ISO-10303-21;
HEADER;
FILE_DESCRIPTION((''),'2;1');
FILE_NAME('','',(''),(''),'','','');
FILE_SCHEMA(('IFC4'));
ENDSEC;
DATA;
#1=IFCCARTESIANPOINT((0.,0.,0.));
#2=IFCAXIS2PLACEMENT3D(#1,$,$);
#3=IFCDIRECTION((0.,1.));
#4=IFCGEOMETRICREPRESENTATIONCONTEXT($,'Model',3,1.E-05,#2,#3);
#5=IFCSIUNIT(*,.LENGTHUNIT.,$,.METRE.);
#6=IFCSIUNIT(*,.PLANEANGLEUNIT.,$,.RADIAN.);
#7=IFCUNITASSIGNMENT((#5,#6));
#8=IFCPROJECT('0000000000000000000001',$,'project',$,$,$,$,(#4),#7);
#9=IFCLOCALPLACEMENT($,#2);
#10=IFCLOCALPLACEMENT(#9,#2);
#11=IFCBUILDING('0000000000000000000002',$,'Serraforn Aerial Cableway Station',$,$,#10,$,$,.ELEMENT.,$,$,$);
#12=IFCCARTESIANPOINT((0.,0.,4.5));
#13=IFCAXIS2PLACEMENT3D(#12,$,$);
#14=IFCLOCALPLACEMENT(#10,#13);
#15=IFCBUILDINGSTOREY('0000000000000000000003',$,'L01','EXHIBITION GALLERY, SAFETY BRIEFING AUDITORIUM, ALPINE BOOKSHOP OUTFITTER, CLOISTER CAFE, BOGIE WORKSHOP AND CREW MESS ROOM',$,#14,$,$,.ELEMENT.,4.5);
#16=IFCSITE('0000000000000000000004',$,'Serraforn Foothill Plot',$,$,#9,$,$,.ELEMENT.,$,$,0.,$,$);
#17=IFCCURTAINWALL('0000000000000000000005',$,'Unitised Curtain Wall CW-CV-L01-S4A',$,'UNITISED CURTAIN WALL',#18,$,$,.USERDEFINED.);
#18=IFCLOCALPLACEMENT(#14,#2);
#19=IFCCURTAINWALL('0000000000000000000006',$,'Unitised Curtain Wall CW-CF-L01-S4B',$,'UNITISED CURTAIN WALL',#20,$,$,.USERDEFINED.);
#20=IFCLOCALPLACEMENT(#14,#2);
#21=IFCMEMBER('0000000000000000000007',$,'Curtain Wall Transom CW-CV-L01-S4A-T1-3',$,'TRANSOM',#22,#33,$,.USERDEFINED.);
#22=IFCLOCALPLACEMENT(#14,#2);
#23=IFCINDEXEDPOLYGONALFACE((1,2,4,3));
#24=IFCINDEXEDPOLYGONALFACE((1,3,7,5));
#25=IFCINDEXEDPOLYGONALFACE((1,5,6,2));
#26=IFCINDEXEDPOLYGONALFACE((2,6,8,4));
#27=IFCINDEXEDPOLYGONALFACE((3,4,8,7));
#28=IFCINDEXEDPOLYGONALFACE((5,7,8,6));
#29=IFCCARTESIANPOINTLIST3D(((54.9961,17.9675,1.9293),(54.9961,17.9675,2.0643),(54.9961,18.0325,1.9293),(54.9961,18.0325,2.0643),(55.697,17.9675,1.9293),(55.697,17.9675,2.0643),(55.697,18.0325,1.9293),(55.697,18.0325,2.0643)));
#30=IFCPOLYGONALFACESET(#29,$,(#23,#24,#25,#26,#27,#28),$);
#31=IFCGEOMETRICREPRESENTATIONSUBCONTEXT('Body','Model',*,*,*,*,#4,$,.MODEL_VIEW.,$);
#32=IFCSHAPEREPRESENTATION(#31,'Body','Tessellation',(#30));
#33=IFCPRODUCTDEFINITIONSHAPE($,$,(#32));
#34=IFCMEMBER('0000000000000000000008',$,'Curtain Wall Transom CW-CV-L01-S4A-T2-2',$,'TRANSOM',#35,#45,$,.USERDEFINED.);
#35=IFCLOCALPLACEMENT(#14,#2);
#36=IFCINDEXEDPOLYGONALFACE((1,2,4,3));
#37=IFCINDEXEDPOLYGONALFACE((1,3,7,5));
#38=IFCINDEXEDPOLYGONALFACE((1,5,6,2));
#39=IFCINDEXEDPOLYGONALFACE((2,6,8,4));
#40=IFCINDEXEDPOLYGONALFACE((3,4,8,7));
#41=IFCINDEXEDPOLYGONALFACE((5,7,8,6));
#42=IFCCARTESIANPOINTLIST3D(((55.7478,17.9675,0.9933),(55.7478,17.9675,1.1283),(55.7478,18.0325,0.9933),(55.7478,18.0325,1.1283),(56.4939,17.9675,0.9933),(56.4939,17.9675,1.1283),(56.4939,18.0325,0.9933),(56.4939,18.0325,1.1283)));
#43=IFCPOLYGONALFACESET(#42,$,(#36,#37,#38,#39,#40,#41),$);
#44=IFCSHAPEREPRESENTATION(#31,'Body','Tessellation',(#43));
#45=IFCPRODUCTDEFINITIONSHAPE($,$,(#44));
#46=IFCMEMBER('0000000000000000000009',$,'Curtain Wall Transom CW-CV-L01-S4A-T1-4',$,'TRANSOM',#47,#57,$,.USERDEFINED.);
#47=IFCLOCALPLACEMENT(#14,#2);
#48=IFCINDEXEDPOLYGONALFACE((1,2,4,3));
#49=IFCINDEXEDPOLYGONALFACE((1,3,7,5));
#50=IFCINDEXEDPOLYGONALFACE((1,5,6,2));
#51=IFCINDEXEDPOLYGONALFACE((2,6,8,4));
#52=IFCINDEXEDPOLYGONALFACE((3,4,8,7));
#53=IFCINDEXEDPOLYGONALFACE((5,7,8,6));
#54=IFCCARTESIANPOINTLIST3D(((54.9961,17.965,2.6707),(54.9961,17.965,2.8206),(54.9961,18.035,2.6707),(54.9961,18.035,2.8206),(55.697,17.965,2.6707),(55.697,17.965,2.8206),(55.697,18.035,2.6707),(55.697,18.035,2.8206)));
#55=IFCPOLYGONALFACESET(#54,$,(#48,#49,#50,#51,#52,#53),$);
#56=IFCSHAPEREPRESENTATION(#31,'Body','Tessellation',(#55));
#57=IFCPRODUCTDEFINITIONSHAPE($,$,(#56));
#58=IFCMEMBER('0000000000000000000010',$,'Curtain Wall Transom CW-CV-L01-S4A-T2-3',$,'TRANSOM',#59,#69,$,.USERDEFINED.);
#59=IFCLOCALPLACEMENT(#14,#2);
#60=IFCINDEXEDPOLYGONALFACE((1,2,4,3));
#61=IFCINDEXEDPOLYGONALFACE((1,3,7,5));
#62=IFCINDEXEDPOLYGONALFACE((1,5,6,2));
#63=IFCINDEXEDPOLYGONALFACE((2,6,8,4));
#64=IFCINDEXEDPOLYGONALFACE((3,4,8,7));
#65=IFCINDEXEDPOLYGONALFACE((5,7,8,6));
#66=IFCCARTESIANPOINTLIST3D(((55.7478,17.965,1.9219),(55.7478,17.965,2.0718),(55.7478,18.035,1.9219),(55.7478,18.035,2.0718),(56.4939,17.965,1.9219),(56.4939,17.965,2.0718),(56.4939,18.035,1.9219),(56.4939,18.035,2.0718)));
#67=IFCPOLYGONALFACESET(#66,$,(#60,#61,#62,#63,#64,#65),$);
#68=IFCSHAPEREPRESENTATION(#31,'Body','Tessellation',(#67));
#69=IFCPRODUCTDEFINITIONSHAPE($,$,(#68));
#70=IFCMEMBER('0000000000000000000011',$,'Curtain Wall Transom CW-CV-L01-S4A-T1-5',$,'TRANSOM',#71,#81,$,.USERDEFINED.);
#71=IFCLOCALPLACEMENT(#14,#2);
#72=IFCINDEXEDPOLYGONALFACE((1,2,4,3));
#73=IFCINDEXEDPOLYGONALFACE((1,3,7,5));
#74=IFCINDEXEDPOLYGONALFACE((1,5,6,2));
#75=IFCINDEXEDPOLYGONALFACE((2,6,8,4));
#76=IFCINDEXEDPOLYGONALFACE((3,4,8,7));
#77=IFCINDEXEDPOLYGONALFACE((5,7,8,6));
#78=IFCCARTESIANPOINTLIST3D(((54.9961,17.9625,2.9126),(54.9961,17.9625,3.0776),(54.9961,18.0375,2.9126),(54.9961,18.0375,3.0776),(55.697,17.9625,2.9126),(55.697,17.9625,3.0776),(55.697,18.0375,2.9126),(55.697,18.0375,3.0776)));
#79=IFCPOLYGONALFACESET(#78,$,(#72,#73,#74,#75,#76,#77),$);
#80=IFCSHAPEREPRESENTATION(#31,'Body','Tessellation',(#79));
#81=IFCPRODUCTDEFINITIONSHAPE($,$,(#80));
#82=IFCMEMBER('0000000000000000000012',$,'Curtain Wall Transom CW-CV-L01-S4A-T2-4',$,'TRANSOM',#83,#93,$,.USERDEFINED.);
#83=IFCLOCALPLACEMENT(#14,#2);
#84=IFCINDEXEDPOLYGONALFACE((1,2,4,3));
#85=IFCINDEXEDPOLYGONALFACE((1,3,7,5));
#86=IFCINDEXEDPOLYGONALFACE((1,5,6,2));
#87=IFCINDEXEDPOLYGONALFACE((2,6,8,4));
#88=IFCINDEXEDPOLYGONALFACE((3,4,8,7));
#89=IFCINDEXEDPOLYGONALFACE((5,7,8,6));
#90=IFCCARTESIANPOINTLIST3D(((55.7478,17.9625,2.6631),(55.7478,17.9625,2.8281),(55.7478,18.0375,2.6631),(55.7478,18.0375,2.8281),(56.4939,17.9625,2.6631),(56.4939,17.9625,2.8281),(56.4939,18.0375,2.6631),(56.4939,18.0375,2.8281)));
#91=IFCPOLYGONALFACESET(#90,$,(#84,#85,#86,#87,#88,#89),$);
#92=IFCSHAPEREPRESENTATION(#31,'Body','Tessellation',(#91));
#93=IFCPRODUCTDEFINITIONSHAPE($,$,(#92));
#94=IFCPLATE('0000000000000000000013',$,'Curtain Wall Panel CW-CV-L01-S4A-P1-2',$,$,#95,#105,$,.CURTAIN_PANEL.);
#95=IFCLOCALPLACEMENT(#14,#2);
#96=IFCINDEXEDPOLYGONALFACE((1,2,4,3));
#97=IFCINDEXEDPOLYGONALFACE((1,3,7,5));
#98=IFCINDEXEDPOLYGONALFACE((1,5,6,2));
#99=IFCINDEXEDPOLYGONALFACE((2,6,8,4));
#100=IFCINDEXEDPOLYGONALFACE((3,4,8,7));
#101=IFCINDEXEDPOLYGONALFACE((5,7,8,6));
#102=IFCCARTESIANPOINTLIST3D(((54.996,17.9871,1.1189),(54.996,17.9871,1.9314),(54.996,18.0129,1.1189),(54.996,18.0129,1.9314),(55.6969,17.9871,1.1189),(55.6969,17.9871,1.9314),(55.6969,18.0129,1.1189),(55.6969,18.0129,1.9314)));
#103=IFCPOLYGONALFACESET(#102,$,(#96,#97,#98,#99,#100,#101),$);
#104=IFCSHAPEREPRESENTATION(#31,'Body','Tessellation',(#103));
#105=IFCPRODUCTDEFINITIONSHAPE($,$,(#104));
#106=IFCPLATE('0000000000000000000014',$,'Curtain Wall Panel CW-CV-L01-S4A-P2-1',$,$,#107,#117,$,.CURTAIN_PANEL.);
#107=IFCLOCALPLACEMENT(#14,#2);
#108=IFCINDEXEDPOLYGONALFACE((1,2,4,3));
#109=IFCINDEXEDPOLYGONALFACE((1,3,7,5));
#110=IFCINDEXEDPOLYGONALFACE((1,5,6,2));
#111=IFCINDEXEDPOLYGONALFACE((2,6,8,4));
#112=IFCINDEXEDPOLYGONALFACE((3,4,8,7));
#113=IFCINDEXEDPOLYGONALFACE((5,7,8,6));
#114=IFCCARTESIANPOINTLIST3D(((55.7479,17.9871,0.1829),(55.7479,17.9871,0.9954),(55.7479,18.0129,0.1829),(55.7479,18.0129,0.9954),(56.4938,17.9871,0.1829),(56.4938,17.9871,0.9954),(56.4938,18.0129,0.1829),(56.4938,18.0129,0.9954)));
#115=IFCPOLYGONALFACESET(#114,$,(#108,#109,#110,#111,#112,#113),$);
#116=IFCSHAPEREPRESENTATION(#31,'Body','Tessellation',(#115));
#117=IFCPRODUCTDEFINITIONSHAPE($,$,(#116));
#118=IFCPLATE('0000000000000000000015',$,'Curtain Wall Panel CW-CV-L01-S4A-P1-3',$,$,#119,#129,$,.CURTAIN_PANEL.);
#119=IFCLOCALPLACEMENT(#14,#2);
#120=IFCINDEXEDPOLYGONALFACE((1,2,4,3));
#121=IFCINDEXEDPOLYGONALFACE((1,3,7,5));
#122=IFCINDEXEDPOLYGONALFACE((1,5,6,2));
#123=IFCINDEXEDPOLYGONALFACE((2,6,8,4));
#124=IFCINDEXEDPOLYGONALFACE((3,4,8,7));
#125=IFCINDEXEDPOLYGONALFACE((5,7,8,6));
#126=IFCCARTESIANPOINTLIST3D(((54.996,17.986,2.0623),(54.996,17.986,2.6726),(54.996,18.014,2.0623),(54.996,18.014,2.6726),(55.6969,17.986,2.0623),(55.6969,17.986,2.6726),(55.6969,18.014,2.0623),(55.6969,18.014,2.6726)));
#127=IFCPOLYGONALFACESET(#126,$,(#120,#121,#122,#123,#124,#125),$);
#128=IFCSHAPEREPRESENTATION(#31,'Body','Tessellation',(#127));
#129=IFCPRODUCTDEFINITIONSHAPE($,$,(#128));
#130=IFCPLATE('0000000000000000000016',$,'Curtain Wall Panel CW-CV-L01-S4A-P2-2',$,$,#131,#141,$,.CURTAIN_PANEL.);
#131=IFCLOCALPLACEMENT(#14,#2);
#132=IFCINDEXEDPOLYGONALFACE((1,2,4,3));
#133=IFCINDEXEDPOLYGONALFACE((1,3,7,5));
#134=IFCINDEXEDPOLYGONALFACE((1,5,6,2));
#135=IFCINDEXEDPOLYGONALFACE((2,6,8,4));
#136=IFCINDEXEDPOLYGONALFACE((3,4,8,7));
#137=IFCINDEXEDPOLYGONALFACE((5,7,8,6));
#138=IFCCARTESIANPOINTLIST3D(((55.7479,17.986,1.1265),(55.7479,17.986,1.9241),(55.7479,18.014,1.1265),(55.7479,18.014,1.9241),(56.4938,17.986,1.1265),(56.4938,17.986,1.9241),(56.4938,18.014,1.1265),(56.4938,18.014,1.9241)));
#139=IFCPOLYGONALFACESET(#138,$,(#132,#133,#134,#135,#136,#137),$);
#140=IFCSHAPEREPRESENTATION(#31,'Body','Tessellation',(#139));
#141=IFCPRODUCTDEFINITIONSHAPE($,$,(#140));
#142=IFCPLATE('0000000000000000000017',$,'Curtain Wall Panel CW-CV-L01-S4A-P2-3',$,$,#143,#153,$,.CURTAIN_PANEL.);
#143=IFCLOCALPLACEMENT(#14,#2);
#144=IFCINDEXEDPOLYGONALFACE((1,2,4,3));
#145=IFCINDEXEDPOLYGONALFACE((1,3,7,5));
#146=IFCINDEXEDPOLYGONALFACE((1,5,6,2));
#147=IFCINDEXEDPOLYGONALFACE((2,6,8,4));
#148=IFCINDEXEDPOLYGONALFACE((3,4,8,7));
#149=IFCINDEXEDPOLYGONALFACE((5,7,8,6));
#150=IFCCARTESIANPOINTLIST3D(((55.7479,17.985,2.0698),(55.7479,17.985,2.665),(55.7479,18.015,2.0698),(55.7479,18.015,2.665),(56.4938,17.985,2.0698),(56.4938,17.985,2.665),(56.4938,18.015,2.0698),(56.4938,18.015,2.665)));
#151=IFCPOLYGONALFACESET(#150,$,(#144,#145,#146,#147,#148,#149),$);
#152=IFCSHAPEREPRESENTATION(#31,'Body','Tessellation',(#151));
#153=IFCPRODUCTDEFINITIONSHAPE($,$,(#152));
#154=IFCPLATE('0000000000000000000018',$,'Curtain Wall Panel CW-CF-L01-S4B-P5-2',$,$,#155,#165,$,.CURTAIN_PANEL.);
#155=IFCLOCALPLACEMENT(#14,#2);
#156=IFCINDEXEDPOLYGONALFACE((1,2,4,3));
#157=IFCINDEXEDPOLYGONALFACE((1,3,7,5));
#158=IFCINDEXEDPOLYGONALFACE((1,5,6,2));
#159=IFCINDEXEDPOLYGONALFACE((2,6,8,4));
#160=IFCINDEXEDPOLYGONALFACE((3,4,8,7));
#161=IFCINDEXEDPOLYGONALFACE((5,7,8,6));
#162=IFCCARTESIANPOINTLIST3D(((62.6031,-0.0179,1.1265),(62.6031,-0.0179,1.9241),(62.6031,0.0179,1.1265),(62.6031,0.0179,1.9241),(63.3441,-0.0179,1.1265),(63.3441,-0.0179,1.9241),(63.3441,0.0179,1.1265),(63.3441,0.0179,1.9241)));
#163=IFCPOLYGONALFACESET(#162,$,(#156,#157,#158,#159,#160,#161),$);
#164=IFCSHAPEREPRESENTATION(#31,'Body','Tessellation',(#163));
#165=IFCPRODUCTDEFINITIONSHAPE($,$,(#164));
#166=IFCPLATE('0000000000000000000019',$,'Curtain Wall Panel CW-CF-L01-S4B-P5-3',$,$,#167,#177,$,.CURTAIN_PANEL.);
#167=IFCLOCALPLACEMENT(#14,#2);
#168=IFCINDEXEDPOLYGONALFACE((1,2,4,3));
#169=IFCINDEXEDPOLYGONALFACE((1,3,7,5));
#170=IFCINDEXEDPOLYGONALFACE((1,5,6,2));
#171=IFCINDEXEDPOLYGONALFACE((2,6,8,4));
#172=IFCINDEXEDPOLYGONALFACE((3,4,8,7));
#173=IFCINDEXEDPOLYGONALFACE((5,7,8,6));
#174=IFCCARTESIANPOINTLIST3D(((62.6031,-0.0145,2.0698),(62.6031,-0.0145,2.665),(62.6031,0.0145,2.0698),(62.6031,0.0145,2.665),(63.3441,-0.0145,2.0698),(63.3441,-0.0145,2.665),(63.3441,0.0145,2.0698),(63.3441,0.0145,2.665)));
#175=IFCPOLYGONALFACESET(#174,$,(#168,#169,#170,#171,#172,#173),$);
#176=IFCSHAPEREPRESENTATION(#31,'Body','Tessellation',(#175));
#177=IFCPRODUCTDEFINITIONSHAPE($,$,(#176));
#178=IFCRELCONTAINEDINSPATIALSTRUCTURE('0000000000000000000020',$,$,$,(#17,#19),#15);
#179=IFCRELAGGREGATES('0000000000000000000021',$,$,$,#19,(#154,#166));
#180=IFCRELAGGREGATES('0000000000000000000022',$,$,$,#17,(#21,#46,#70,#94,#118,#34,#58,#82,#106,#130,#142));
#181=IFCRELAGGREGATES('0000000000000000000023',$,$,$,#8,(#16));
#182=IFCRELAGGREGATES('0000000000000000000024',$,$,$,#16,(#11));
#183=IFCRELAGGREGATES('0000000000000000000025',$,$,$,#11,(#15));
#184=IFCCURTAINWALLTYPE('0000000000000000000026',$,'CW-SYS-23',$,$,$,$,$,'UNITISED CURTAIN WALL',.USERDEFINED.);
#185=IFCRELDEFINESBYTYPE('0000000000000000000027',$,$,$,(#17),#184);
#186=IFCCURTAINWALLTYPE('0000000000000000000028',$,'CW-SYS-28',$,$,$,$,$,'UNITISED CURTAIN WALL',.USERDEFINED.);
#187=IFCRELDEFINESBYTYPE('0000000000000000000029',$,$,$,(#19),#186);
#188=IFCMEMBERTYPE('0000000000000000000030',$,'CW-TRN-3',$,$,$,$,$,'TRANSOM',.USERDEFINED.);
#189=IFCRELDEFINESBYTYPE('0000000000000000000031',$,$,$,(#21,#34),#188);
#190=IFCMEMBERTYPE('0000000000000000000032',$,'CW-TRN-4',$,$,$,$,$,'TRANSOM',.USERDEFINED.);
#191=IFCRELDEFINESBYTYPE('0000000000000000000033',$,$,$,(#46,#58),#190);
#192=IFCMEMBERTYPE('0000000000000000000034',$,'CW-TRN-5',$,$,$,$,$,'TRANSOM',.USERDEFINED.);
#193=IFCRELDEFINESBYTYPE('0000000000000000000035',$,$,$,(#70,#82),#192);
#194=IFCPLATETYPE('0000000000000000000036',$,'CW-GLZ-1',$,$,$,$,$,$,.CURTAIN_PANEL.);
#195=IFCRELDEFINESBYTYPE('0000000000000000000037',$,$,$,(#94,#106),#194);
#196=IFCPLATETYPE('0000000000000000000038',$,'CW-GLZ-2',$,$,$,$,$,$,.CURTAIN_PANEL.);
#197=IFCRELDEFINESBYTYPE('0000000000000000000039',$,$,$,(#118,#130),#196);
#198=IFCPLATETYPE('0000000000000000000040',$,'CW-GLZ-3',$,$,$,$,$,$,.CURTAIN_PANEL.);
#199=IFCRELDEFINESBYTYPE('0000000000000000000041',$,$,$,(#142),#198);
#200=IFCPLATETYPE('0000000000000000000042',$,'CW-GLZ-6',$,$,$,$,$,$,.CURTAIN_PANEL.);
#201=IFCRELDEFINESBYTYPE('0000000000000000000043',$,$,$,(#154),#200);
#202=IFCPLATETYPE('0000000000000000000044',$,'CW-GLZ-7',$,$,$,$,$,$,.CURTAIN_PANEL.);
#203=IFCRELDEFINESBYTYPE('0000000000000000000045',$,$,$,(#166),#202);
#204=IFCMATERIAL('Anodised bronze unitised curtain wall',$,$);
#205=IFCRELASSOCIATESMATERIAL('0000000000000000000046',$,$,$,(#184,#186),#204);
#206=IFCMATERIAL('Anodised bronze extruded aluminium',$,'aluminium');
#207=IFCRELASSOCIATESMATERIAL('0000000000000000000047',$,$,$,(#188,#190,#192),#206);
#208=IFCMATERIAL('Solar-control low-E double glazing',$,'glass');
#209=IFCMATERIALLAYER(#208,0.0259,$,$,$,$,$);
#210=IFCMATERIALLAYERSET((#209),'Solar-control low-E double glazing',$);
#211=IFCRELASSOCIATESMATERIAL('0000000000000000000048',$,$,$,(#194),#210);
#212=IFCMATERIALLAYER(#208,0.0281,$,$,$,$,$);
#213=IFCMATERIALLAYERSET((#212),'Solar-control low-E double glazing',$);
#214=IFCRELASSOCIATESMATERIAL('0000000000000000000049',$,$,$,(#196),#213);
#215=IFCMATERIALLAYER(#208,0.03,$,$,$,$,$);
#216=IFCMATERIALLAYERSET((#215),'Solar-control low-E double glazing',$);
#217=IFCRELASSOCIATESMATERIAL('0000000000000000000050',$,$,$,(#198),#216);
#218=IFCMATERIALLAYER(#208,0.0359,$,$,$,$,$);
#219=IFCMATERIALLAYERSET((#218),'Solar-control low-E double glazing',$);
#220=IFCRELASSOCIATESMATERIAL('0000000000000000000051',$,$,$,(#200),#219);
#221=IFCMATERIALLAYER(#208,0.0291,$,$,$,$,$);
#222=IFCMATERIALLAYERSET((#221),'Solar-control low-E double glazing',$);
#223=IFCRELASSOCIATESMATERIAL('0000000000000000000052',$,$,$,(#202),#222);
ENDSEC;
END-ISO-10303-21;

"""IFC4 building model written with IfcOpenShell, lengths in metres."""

from ifc_helpers import new_model, si_unit, direction, frame, origin, origin_2d, place, context, subcontext, project, spatial, rectangle, extrude, material, layer, layer_set, material_profile, profile_set, type_object, element, aggregate, save


model = new_model("IFC4")

# Units and contexts
model_context = context("Model", 3, precision=1e-05, world=origin(), true_north=direction((0.0, 1.0)))
body_context = subcontext(model_context, "Body", "Model", "MODEL_VIEW")
ifc_project = project(units=[si_unit("LENGTHUNIT", "METRE"), si_unit("PLANEANGLEUNIT", "RADIAN")], contexts=[model_context])

# Site, building, storey
site_placement = place(None, origin())
site = spatial("IfcSite", under=ifc_project, at=site_placement, Name="Serraforn Foothill Plot", CompositionType="ELEMENT", RefElevation=0.0)
building_placement = place(site_placement, origin())
building = spatial("IfcBuilding", under=site, at=building_placement, Name="Serraforn Aerial Cableway Station", CompositionType="ELEMENT")
storey_placement = place(building_placement, frame((0.0, 0.0, 4.5)))
storey = spatial("IfcBuildingStorey", under=building, at=storey_placement, Name="L01", Description="EXHIBITION GALLERY, SAFETY BRIEFING AUDITORIUM, ALPINE BOOKSHOP OUTFITTER, CLOISTER CAFE, BOGIE WORKSHOP AND CREW MESS ROOM", CompositionType="ELEMENT", Elevation=4.5)

# Curtain walls
ifc_material_1 = material(Name="Anodised bronze unitised curtain wall")
curtain_wall_type_1 = type_object("IfcCurtainWallType", Name="CW-SYS-23", ElementType="UNITISED CURTAIN WALL", PredefinedType="USERDEFINED", material=ifc_material_1)
curtain_wall_1_placement = place(storey_placement, origin())
curtain_wall_1 = element("IfcCurtainWall", 1, at=curtain_wall_1_placement, inside=storey, type_object=curtain_wall_type_1, Name="Unitised Curtain Wall CW-CV-L01-S4A", ObjectType="UNITISED CURTAIN WALL", PredefinedType="USERDEFINED")
ifc_material_2 = material(Name="Anodised bronze extruded aluminium", Category="aluminium")
curtain_wall_type_2 = type_object("IfcCurtainWallType", Name="CW-SYS-28", ElementType="UNITISED CURTAIN WALL", PredefinedType="USERDEFINED", material=ifc_material_1)
curtain_wall_2_placement = place(storey_placement, origin())
curtain_wall_2 = element("IfcCurtainWall", 2, at=curtain_wall_2_placement, inside=storey, type_object=curtain_wall_type_2, Name="Unitised Curtain Wall CW-CF-L01-S4B", ObjectType="UNITISED CURTAIN WALL", PredefinedType="USERDEFINED")

# Members
ifc_material_profile_1 = material_profile(ifc_material_2, rectangle(XDim=0.0649, YDim=0.135, at=origin_2d()), Name="CW TRANSOM 65x135")
ifc_profile_set_1 = profile_set([ifc_material_profile_1], Name="Anodised bronze extruded aluminium")
member_type_1 = type_object("IfcMemberType", Name="CW-TRN-3", ElementType="TRANSOM", PredefinedType="USERDEFINED", material=ifc_profile_set_1)
member_1_placement = place(storey_placement, frame((54.9961, 18.0, 1.9968), z_axis=(1.0, 0.0, 0.0), x_axis=(0.0, 1.0, 0.0)))
member_1 = element("IfcMember", 3, at=member_1_placement, type_object=member_type_1, Name="Curtain Wall Transom CW-CV-L01-S4A-T1-3", ObjectType="TRANSOM", PredefinedType="USERDEFINED", context=body_context, shape_type="SweptSolid", body=[
    extrude(rectangle(XDim=0.0649, YDim=0.135, at=origin_2d()), origin(), (0.0, 0.0, 1.0), 0.7009),
])
member_2_placement = place(storey_placement, frame((55.7478, 18.0, 1.0608), z_axis=(1.0, 0.0, 0.0), x_axis=(0.0, 1.0, 0.0)))
member_2 = element("IfcMember", 4, at=member_2_placement, type_object=member_type_1, Name="Curtain Wall Transom CW-CV-L01-S4A-T2-2", ObjectType="TRANSOM", PredefinedType="USERDEFINED", context=body_context, shape_type="SweptSolid", body=[
    extrude(rectangle(XDim=0.0649, YDim=0.135, at=origin_2d()), origin(), (0.0, 0.0, 1.0), 0.7461),
])
ifc_material_profile_2 = material_profile(ifc_material_2, rectangle(XDim=0.0701, YDim=0.1499, at=origin_2d()), Name="CW TRANSOM 70x150")
ifc_profile_set_2 = profile_set([ifc_material_profile_2], Name="Anodised bronze extruded aluminium")
member_type_2 = type_object("IfcMemberType", Name="CW-TRN-4", ElementType="TRANSOM", PredefinedType="USERDEFINED", material=ifc_profile_set_2)
member_3_placement = place(storey_placement, frame((54.9961, 18.0, 2.7456), z_axis=(1.0, 0.0, 0.0), x_axis=(0.0, 1.0, 0.0)))
member_3 = element("IfcMember", 5, at=member_3_placement, type_object=member_type_2, Name="Curtain Wall Transom CW-CV-L01-S4A-T1-4", ObjectType="TRANSOM", PredefinedType="USERDEFINED", context=body_context, shape_type="SweptSolid", body=[
    extrude(rectangle(XDim=0.0701, YDim=0.1499, at=origin_2d()), origin(), (0.0, 0.0, 1.0), 0.7009),
])
member_4_placement = place(storey_placement, frame((55.7478, 18.0, 1.9968), z_axis=(1.0, 0.0, 0.0), x_axis=(0.0, 1.0, 0.0)))
member_4 = element("IfcMember", 6, at=member_4_placement, type_object=member_type_2, Name="Curtain Wall Transom CW-CV-L01-S4A-T2-3", ObjectType="TRANSOM", PredefinedType="USERDEFINED", context=body_context, shape_type="SweptSolid", body=[
    extrude(rectangle(XDim=0.0701, YDim=0.1499, at=origin_2d()), origin(), (0.0, 0.0, 1.0), 0.7461),
])
ifc_material_profile_3 = material_profile(ifc_material_2, rectangle(XDim=0.075, YDim=0.165, at=origin_2d()), Name="CW TRANSOM 75x165")
ifc_profile_set_3 = profile_set([ifc_material_profile_3], Name="Anodised bronze extruded aluminium")
member_type_3 = type_object("IfcMemberType", Name="CW-TRN-5", ElementType="TRANSOM", PredefinedType="USERDEFINED", material=ifc_profile_set_3)
member_5_placement = place(storey_placement, frame((54.9961, 18.0, 2.9951), z_axis=(1.0, 0.0, 0.0), x_axis=(0.0, 1.0, 0.0)))
member_5 = element("IfcMember", 7, at=member_5_placement, type_object=member_type_3, Name="Curtain Wall Transom CW-CV-L01-S4A-T1-5", ObjectType="TRANSOM", PredefinedType="USERDEFINED", context=body_context, shape_type="SweptSolid", body=[
    extrude(rectangle(XDim=0.075, YDim=0.165, at=origin_2d()), origin(), (0.0, 0.0, 1.0), 0.7009),
])
member_6_placement = place(storey_placement, frame((55.7478, 18.0, 2.7456), z_axis=(1.0, 0.0, 0.0), x_axis=(0.0, 1.0, 0.0)))
member_6 = element("IfcMember", 8, at=member_6_placement, type_object=member_type_3, Name="Curtain Wall Transom CW-CV-L01-S4A-T2-4", ObjectType="TRANSOM", PredefinedType="USERDEFINED", context=body_context, shape_type="SweptSolid", body=[
    extrude(rectangle(XDim=0.075, YDim=0.165, at=origin_2d()), origin(), (0.0, 0.0, 1.0), 0.7461),
])

# Plates
ifc_material_3 = material(Name="Solar-control low-E double glazing", Category="glass")
ifc_layer_1 = layer(ifc_material_3, 0.0259)
ifc_layer_set_1 = layer_set([ifc_layer_1], Name="Solar-control low-E double glazing")
plate_type_1 = type_object("IfcPlateType", Name="CW-GLZ-1", PredefinedType="CURTAIN_PANEL", material=ifc_layer_set_1)
plate_1_placement = place(storey_placement, frame((55.3464, 18.0, 1.1189), z_axis=(0.0, 0.0, 1.0), x_axis=(1.0, 0.0, 0.0)))
plate_1 = element("IfcPlate", 9, at=plate_1_placement, type_object=plate_type_1, Name="Curtain Wall Panel CW-CV-L01-S4A-P1-2", PredefinedType="CURTAIN_PANEL", context=body_context, shape_type="SweptSolid", body=[
    extrude(rectangle(XDim=0.7009, YDim=0.0259, at=origin_2d()), origin(), (0.0, 0.0, 1.0), 0.8125),
])
plate_2_placement = place(storey_placement, frame((56.1208, 18.0, 0.1829), z_axis=(0.0, 0.0, 1.0), x_axis=(1.0, 0.0, 0.0)))
plate_2 = element("IfcPlate", 10, at=plate_2_placement, type_object=plate_type_1, Name="Curtain Wall Panel CW-CV-L01-S4A-P2-1", PredefinedType="CURTAIN_PANEL", context=body_context, shape_type="SweptSolid", body=[
    extrude(rectangle(XDim=0.7458, YDim=0.0259, at=origin_2d()), origin(), (0.0, 0.0, 1.0), 0.8125),
])
ifc_layer_2 = layer(ifc_material_3, 0.0281)
ifc_layer_set_2 = layer_set([ifc_layer_2], Name="Solar-control low-E double glazing")
plate_type_2 = type_object("IfcPlateType", Name="CW-GLZ-2", PredefinedType="CURTAIN_PANEL", material=ifc_layer_set_2)
plate_3_placement = place(storey_placement, frame((55.3464, 18.0, 2.0623), z_axis=(0.0, 0.0, 1.0), x_axis=(1.0, 0.0, 0.0)))
plate_3 = element("IfcPlate", 11, at=plate_3_placement, type_object=plate_type_2, Name="Curtain Wall Panel CW-CV-L01-S4A-P1-3", PredefinedType="CURTAIN_PANEL", context=body_context, shape_type="SweptSolid", body=[
    extrude(rectangle(XDim=0.7009, YDim=0.0281, at=origin_2d()), origin(), (0.0, 0.0, 1.0), 0.6104),
])
plate_4_placement = place(storey_placement, frame((56.1208, 18.0, 1.1265), z_axis=(0.0, 0.0, 1.0), x_axis=(1.0, 0.0, 0.0)))
plate_4 = element("IfcPlate", 12, at=plate_4_placement, type_object=plate_type_2, Name="Curtain Wall Panel CW-CV-L01-S4A-P2-2", PredefinedType="CURTAIN_PANEL", context=body_context, shape_type="SweptSolid", body=[
    extrude(rectangle(XDim=0.7458, YDim=0.0281, at=origin_2d()), origin(), (0.0, 0.0, 1.0), 0.7976),
])
ifc_layer_3 = layer(ifc_material_3, 0.03)
ifc_layer_set_3 = layer_set([ifc_layer_3], Name="Solar-control low-E double glazing")
plate_type_3 = type_object("IfcPlateType", Name="CW-GLZ-3", PredefinedType="CURTAIN_PANEL", material=ifc_layer_set_3)
plate_5_placement = place(storey_placement, frame((56.1208, 18.0, 2.0698), z_axis=(0.0, 0.0, 1.0), x_axis=(1.0, 0.0, 0.0)))
plate_5 = element("IfcPlate", 13, at=plate_5_placement, type_object=plate_type_3, Name="Curtain Wall Panel CW-CV-L01-S4A-P2-3", PredefinedType="CURTAIN_PANEL", context=body_context, shape_type="SweptSolid", body=[
    extrude(rectangle(XDim=0.7458, YDim=0.03, at=origin_2d()), origin(), (0.0, 0.0, 1.0), 0.5952),
])
ifc_layer_4 = layer(ifc_material_3, 0.0359)
ifc_layer_set_4 = layer_set([ifc_layer_4], Name="Solar-control low-E double glazing")
plate_type_4 = type_object("IfcPlateType", Name="CW-GLZ-6", PredefinedType="CURTAIN_PANEL", material=ifc_layer_set_4)
plate_6_placement = place(storey_placement, frame((62.9736, 0.0, 1.1265), z_axis=(0.0, 0.0, 1.0), x_axis=(1.0, 0.0, 0.0)))
plate_6 = element("IfcPlate", 14, at=plate_6_placement, type_object=plate_type_4, Name="Curtain Wall Panel CW-CF-L01-S4B-P5-2", PredefinedType="CURTAIN_PANEL", context=body_context, shape_type="SweptSolid", body=[
    extrude(rectangle(XDim=0.741, YDim=0.0359, at=origin_2d()), origin(), (0.0, 0.0, 1.0), 0.7976),
])
ifc_layer_5 = layer(ifc_material_3, 0.0291)
ifc_layer_set_5 = layer_set([ifc_layer_5], Name="Solar-control low-E double glazing")
plate_type_5 = type_object("IfcPlateType", Name="CW-GLZ-7", PredefinedType="CURTAIN_PANEL", material=ifc_layer_set_5)
plate_7_placement = place(storey_placement, frame((62.9736, 0.0, 2.0698), z_axis=(0.0, 0.0, 1.0), x_axis=(1.0, 0.0, 0.0)))
plate_7 = element("IfcPlate", 15, at=plate_7_placement, type_object=plate_type_5, Name="Curtain Wall Panel CW-CF-L01-S4B-P5-3", PredefinedType="CURTAIN_PANEL", context=body_context, shape_type="SweptSolid", body=[
    extrude(rectangle(XDim=0.741, YDim=0.0291, at=origin_2d()), origin(), (0.0, 0.0, 1.0), 0.5952),
])
aggregate(curtain_wall_2, [plate_6, plate_7])
aggregate(curtain_wall_1, [member_1, member_3, member_5, plate_1, plate_3, member_2, member_4, member_6, plate_2, plate_4, plate_5])

save(model, "model.ifc")
